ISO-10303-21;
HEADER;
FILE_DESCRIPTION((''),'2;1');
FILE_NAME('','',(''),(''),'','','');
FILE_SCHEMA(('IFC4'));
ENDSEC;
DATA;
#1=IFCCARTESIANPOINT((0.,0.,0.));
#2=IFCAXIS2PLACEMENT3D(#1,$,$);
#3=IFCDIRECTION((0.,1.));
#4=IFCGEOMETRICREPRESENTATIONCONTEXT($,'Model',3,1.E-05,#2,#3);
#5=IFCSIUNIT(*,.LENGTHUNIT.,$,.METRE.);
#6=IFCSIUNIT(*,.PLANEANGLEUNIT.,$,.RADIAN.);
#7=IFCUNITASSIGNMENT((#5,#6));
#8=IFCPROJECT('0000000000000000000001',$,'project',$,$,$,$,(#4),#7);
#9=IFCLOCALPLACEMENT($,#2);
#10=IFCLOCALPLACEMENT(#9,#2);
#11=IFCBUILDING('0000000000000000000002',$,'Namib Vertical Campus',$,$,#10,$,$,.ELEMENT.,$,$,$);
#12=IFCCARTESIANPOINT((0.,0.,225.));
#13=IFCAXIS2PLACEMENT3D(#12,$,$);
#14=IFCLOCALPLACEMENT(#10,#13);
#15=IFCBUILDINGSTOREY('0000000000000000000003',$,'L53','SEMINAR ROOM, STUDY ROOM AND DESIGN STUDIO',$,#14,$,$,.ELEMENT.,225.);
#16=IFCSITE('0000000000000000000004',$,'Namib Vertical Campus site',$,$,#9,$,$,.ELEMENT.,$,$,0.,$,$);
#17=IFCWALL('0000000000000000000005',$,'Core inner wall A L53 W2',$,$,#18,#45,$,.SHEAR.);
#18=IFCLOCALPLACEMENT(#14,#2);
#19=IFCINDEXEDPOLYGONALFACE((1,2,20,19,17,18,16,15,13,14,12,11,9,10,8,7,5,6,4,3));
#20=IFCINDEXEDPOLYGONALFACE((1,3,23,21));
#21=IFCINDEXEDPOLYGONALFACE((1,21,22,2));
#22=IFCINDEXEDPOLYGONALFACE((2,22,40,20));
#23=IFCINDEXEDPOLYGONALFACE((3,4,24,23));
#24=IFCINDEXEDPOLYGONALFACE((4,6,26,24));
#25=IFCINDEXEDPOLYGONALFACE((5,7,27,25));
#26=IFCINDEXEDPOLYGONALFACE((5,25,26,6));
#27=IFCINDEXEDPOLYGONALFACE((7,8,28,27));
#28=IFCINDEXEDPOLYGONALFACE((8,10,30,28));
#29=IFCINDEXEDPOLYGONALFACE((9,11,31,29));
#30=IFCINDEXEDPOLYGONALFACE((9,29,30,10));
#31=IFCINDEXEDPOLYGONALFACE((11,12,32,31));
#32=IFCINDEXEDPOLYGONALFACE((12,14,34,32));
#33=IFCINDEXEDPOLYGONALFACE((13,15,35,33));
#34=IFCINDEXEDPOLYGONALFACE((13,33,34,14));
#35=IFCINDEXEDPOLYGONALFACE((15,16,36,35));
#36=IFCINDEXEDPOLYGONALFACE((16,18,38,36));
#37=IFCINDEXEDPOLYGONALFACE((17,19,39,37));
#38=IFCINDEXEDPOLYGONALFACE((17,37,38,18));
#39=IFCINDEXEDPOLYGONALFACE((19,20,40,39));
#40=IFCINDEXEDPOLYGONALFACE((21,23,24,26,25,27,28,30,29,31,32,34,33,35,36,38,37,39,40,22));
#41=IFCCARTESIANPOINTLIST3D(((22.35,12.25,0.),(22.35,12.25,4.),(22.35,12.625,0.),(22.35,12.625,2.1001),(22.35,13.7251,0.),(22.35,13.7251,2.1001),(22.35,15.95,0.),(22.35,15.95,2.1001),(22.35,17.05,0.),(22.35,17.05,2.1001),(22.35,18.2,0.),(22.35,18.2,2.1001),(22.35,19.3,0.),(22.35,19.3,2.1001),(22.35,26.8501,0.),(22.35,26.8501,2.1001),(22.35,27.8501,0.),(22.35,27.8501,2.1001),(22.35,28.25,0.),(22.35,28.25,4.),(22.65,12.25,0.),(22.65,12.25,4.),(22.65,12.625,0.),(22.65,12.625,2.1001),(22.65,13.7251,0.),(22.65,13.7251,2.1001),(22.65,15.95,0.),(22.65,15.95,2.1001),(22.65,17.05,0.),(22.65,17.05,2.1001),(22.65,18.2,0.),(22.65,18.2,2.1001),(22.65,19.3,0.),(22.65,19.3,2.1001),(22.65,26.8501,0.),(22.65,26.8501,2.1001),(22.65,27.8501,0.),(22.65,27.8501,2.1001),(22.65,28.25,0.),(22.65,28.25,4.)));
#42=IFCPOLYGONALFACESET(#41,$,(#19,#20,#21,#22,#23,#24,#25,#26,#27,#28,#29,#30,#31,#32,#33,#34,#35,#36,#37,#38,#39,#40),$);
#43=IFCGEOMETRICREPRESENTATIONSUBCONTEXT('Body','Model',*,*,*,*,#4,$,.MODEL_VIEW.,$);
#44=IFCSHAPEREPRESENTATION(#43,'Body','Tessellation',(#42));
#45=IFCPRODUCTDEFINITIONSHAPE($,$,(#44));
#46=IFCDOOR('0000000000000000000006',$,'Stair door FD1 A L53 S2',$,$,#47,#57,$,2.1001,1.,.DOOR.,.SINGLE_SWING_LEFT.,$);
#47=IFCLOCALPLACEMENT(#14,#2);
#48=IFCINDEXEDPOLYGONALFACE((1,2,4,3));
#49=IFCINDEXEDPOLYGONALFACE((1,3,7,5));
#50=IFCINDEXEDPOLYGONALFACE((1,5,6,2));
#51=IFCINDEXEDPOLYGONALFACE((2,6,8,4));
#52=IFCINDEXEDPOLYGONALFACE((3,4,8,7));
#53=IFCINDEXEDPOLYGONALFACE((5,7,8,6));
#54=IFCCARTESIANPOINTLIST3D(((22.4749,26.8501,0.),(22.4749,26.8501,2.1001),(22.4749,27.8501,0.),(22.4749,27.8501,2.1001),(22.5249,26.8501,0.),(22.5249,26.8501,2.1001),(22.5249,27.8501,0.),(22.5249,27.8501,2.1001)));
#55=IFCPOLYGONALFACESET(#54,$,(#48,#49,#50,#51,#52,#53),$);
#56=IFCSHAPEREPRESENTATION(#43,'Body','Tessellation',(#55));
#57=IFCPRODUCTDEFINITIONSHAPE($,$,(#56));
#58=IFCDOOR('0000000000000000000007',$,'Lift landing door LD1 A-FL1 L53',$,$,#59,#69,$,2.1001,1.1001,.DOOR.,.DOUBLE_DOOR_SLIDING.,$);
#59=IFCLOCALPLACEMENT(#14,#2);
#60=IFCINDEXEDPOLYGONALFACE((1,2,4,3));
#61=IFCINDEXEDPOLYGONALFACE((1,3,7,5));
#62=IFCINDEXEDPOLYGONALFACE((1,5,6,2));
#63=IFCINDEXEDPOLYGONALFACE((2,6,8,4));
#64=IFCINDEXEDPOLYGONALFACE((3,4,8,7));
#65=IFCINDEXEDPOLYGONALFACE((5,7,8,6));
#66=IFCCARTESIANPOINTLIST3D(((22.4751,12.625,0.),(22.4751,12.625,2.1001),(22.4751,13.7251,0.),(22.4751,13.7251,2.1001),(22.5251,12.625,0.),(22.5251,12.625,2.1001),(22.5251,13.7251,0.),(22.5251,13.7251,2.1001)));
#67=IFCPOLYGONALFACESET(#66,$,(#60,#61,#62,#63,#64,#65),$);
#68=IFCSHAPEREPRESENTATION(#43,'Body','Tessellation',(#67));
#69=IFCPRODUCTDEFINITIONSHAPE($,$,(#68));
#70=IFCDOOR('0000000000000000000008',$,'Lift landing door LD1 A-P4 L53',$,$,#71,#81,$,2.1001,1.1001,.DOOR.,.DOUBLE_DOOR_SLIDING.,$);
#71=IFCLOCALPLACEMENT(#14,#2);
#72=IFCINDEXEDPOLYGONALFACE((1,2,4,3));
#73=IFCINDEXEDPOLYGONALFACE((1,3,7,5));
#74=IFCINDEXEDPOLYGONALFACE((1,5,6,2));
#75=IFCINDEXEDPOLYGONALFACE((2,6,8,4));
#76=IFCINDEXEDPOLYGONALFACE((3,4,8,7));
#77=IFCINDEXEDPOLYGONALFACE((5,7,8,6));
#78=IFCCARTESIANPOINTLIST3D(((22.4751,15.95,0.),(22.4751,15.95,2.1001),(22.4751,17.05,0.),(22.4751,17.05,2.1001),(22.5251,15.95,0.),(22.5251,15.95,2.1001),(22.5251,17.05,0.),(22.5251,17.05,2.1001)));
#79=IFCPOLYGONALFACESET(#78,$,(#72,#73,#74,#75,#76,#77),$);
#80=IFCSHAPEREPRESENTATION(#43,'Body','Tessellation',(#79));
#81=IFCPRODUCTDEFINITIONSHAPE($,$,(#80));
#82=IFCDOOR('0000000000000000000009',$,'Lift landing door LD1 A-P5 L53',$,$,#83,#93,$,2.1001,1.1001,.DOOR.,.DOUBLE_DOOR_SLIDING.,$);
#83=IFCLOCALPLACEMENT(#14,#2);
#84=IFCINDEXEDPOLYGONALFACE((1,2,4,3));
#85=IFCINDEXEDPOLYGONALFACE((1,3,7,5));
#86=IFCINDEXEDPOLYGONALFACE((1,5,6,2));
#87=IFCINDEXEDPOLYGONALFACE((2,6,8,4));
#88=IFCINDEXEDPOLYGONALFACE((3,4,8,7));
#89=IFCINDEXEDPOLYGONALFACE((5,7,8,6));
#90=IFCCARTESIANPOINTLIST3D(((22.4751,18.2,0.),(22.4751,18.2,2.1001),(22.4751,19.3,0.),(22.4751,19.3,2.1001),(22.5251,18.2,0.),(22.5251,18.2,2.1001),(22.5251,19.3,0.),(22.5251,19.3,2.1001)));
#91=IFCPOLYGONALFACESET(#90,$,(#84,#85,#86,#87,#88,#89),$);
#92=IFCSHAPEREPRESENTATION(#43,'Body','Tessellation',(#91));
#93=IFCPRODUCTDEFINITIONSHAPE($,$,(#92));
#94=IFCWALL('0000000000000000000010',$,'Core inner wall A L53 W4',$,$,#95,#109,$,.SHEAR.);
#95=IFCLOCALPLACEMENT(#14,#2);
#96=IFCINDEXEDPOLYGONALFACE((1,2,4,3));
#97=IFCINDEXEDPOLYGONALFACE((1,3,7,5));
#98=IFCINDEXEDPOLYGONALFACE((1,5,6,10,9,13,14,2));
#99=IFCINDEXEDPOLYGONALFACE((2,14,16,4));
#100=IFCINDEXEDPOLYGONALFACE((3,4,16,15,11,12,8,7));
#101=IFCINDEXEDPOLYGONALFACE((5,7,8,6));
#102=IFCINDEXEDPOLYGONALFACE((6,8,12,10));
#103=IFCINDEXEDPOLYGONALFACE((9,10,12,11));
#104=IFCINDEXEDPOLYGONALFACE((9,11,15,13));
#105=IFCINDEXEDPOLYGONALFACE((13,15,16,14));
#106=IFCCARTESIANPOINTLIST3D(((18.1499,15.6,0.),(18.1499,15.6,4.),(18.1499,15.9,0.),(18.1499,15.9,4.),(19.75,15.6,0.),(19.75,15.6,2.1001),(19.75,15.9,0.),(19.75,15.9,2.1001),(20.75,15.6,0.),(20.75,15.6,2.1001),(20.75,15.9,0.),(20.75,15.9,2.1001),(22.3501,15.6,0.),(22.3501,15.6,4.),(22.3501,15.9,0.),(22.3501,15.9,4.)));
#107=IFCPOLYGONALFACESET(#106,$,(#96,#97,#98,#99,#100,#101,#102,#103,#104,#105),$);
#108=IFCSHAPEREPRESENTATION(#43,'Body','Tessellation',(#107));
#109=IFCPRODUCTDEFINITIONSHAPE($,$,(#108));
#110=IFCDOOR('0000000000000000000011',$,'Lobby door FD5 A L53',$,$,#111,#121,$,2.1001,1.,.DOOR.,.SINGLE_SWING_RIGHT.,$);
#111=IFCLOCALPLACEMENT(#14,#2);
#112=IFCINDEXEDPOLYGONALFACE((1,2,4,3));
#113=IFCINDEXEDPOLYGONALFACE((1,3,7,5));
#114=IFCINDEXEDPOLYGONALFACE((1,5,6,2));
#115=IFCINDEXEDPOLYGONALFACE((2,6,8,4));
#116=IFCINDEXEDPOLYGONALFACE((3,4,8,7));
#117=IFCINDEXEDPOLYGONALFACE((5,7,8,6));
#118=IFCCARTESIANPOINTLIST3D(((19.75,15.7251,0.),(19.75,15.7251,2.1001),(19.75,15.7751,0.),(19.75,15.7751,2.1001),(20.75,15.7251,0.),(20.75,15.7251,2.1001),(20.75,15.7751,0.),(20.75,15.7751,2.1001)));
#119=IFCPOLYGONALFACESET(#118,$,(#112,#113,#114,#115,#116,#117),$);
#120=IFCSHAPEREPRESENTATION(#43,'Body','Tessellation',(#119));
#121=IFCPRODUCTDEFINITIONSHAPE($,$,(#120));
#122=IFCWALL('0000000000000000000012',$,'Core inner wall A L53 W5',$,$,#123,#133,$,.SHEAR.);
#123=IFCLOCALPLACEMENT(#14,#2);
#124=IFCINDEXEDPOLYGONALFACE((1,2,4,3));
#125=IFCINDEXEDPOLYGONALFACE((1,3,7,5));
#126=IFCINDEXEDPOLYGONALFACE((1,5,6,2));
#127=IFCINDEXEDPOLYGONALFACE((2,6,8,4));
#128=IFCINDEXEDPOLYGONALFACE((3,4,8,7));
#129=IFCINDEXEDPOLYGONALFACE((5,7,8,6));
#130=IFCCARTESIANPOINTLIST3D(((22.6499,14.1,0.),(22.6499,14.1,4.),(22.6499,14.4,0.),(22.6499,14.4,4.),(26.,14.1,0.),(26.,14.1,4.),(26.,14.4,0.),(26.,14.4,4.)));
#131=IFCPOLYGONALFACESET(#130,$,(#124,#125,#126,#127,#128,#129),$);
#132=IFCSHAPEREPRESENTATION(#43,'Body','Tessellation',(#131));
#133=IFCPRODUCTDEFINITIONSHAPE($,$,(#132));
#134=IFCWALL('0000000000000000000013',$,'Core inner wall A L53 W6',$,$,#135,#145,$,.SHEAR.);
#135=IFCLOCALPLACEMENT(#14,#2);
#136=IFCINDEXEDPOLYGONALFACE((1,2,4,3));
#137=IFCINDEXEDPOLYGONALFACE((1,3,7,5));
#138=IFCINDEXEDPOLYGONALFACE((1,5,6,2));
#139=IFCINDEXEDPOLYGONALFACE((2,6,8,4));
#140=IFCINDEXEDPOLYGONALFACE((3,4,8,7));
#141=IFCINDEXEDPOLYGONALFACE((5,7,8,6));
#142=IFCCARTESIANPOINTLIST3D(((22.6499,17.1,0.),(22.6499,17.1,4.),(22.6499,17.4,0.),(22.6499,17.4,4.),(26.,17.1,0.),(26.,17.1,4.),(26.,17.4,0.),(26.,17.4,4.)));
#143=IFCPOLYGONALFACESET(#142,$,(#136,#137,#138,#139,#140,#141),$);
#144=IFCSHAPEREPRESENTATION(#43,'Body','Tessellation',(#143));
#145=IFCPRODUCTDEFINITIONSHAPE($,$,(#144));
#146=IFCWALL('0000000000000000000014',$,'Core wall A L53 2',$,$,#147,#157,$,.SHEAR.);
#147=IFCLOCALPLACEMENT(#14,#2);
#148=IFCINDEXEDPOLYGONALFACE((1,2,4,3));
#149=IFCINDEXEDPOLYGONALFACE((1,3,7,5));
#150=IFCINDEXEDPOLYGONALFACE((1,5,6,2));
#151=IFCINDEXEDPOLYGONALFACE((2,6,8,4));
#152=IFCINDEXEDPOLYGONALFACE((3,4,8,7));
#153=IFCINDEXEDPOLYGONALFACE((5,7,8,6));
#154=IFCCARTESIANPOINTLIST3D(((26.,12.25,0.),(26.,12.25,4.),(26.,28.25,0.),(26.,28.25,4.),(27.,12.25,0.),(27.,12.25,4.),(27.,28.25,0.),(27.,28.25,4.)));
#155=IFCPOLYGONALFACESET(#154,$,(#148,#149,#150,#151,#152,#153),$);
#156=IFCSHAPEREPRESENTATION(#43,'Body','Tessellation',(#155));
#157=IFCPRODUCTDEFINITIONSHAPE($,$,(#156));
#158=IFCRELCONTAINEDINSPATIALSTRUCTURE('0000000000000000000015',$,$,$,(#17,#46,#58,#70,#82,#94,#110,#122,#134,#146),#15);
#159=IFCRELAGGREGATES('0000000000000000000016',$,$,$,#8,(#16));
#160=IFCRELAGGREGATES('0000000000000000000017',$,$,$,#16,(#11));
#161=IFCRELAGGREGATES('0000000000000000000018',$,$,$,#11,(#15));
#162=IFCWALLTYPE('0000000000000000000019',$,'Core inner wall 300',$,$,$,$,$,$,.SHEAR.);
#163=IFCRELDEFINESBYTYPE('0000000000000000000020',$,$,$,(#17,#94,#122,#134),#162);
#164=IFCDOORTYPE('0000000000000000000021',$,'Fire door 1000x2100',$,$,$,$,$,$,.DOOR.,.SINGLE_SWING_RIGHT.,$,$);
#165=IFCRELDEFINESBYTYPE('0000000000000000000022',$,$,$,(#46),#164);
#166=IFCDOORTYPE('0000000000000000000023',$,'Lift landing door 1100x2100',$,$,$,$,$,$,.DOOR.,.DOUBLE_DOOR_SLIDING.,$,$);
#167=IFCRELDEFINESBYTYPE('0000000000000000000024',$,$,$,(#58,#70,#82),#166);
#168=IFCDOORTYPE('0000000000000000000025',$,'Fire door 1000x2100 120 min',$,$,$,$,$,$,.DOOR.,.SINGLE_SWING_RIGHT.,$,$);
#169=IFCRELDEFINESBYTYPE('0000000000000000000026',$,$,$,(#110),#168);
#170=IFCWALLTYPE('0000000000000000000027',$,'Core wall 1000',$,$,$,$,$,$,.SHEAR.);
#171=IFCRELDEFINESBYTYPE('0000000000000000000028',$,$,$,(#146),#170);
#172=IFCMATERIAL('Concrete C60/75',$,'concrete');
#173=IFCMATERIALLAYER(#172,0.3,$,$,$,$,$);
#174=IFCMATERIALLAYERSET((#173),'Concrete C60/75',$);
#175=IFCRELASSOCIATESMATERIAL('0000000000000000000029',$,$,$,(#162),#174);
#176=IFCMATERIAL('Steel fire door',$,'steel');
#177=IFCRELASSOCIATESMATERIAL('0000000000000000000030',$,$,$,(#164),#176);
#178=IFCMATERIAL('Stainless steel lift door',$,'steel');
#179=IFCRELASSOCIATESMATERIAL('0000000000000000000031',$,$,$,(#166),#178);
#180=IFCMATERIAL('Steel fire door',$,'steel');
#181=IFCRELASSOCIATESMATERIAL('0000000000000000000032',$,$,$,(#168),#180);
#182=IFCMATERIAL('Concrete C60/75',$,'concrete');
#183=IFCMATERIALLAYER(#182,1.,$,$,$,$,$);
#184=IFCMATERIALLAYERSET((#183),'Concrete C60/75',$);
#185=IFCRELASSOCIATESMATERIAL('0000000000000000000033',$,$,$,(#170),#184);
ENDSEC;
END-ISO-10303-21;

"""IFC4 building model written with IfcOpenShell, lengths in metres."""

from ifc_helpers import new_model, si_unit, direction, frame, frame_2d, origin, place, context, subcontext, project, spatial, rectangle, extrude, material, layer, layer_set, type_object, element, fill, save


model = new_model("IFC4")

# Units and contexts
model_context = context("Model", 3, precision=1e-05, world=origin(), true_north=direction((0.0, 1.0)))
body_context = subcontext(model_context, "Body", "Model", "MODEL_VIEW")
ifc_project = project(units=[si_unit("LENGTHUNIT", "METRE"), si_unit("PLANEANGLEUNIT", "RADIAN")], contexts=[model_context])

# Site, building, storey
site_placement = place(None, origin())
site = spatial("IfcSite", under=ifc_project, at=site_placement, Name="Namib Vertical Campus site", CompositionType="ELEMENT", RefElevation=0.0)
building_placement = place(site_placement, origin())
building = spatial("IfcBuilding", under=site, at=building_placement, Name="Namib Vertical Campus", CompositionType="ELEMENT")
storey_placement = place(building_placement, frame((0.0, 0.0, 225.0)))
storey = spatial("IfcBuildingStorey", under=building, at=storey_placement, Name="L53", Description="SEMINAR ROOM, STUDY ROOM AND DESIGN STUDIO", CompositionType="ELEMENT", Elevation=225.0)

# Wall, openings, doors
ifc_material_1 = material(Name="Concrete C60/75", Category="concrete")
ifc_layer_1 = layer(ifc_material_1, 0.3)
ifc_layer_set_1 = layer_set([ifc_layer_1], Name="Concrete C60/75")
wall_type_1 = type_object("IfcWallType", Name="Core inner wall 300", PredefinedType="SHEAR", material=ifc_layer_set_1)
wall_1_placement = place(storey_placement, frame((22.5, 12.25, 0.0), z_axis=(0.0, 0.0, 1.0), x_axis=(0.0, 1.0, 0.0)))
wall_1 = element("IfcWall", 1, at=wall_1_placement, inside=storey, type_object=wall_type_1, Name="Core inner wall A L53 W2", PredefinedType="SHEAR", context=body_context, shape_type="SweptSolid", body=[
    extrude(rectangle(XDim=16.0, YDim=0.3, at=frame_2d((8.0, 0.0))), origin(), (0.0, 0.0, 1.0), 4.0),
])
opening_1_placement = place(wall_1_placement, frame((14.6001, 0.0, 0.0)))
opening_1 = element("IfcOpeningElement", 2, at=opening_1_placement, cuts=wall_1, PredefinedType="OPENING", context=body_context, shape_type="SweptSolid", body=[
    extrude(rectangle(XDim=1.0, YDim=2.1001, at=frame_2d((0.5, 1.05))), frame((0.0, 0.1599, 0.0), z_axis=(0.0, -1.0, 0.0), x_axis=(1.0, 0.0, 0.0)), (0.0, 0.0, 1.0), 0.3201),
])
opening_2_placement = place(wall_1_placement, frame((0.375, 0.0, 0.0)))
opening_2 = element("IfcOpeningElement", 3, at=opening_2_placement, cuts=wall_1, PredefinedType="OPENING", context=body_context, shape_type="SweptSolid", body=[
    extrude(rectangle(XDim=1.1001, YDim=2.1001, at=frame_2d((0.55, 1.05))), frame((0.0, 0.1599, 0.0), z_axis=(0.0, -1.0, 0.0), x_axis=(1.0, 0.0, 0.0)), (0.0, 0.0, 1.0), 0.3201),
])
opening_3_placement = place(wall_1_placement, frame((3.7, 0.0, 0.0)))
opening_3 = element("IfcOpeningElement", 4, at=opening_3_placement, cuts=wall_1, PredefinedType="OPENING", context=body_context, shape_type="SweptSolid", body=[
    extrude(rectangle(XDim=1.1001, YDim=2.1001, at=frame_2d((0.55, 1.05))), frame((0.0, 0.1599, 0.0), z_axis=(0.0, -1.0, 0.0), x_axis=(1.0, 0.0, 0.0)), (0.0, 0.0, 1.0), 0.3201),
])
opening_4_placement = place(wall_1_placement, frame((5.95, 0.0, 0.0)))
opening_4 = element("IfcOpeningElement", 5, at=opening_4_placement, cuts=wall_1, PredefinedType="OPENING", context=body_context, shape_type="SweptSolid", body=[
    extrude(rectangle(XDim=1.1001, YDim=2.1001, at=frame_2d((0.55, 1.05))), frame((0.0, 0.1599, 0.0), z_axis=(0.0, -1.0, 0.0), x_axis=(1.0, 0.0, 0.0)), (0.0, 0.0, 1.0), 0.3201),
])
ifc_material_2 = material(Name="Steel fire door", Category="steel")
door_type_1 = type_object("IfcDoorType", Name="Fire door 1000x2100", OperationType="SINGLE_SWING_RIGHT", PredefinedType="DOOR", material=ifc_material_2)
door_1_placement = place(opening_1_placement, frame((1.0, 0.0, 0.0), z_axis=(0.0, 0.0, 1.0), x_axis=(-1.0, 0.0, 0.0)))
door_1 = element("IfcDoor", 6, at=door_1_placement, inside=storey, type_object=door_type_1, Name="Stair door FD1 A L53 S2", OperationType="SINGLE_SWING_LEFT", OverallHeight=2.1001, OverallWidth=1.0, PredefinedType="DOOR", context=body_context, shape_type="SweptSolid", body=[
    extrude(rectangle(XDim=1.0, YDim=2.1001, at=frame_2d((0.5, 1.05))), frame((0.0, 0.0249, 0.0), z_axis=(0.0, -1.0, 0.0), x_axis=(1.0, 0.0, 0.0)), (0.0, 0.0, 1.0), 0.05),
])
fill(opening_1, door_1)
ifc_material_3 = material(Name="Stainless steel lift door", Category="steel")
door_type_2 = type_object("IfcDoorType", Name="Lift landing door 1100x2100", OperationType="DOUBLE_DOOR_SLIDING", PredefinedType="DOOR", material=ifc_material_3)
door_2_placement = place(opening_2_placement, origin())
door_2 = element("IfcDoor", 7, at=door_2_placement, inside=storey, type_object=door_type_2, Name="Lift landing door LD1 A-FL1 L53", OperationType="DOUBLE_DOOR_SLIDING", OverallHeight=2.1001, OverallWidth=1.1001, PredefinedType="DOOR", context=body_context, shape_type="SweptSolid", body=[
    extrude(rectangle(XDim=1.1001, YDim=2.1001, at=frame_2d((0.55, 1.05))), frame((0.0, 0.0249, 0.0), z_axis=(0.0, -1.0, 0.0), x_axis=(1.0, 0.0, 0.0)), (0.0, 0.0, 1.0), 0.05),
])
fill(opening_2, door_2)
door_3_placement = place(opening_3_placement, origin())
door_3 = element("IfcDoor", 8, at=door_3_placement, inside=storey, type_object=door_type_2, Name="Lift landing door LD1 A-P4 L53", OperationType="DOUBLE_DOOR_SLIDING", OverallHeight=2.1001, OverallWidth=1.1001, PredefinedType="DOOR", context=body_context, shape_type="SweptSolid", body=[
    extrude(rectangle(XDim=1.1001, YDim=2.1001, at=frame_2d((0.55, 1.05))), frame((0.0, 0.0249, 0.0), z_axis=(0.0, -1.0, 0.0), x_axis=(1.0, 0.0, 0.0)), (0.0, 0.0, 1.0), 0.05),
])
fill(opening_3, door_3)
door_4_placement = place(opening_4_placement, origin())
door_4 = element("IfcDoor", 9, at=door_4_placement, inside=storey, type_object=door_type_2, Name="Lift landing door LD1 A-P5 L53", OperationType="DOUBLE_DOOR_SLIDING", OverallHeight=2.1001, OverallWidth=1.1001, PredefinedType="DOOR", context=body_context, shape_type="SweptSolid", body=[
    extrude(rectangle(XDim=1.1001, YDim=2.1001, at=frame_2d((0.55, 1.05))), frame((0.0, 0.0249, 0.0), z_axis=(0.0, -1.0, 0.0), x_axis=(1.0, 0.0, 0.0)), (0.0, 0.0, 1.0), 0.05),
])
fill(opening_4, door_4)

# Wall, opening, door
wall_2_placement = place(storey_placement, frame((18.1499, 15.75, 0.0), z_axis=(0.0, 0.0, 1.0), x_axis=(1.0, 0.0, 0.0)))
wall_2 = element("IfcWall", 10, at=wall_2_placement, inside=storey, type_object=wall_type_1, Name="Core inner wall A L53 W4", PredefinedType="SHEAR", context=body_context, shape_type="SweptSolid", body=[
    extrude(rectangle(XDim=4.2002, YDim=0.3, at=frame_2d((2.1001, 0.0))), origin(), (0.0, 0.0, 1.0), 4.0),
])
opening_5_placement = place(wall_2_placement, frame((1.6001, 0.0, 0.0)))
opening_5 = element("IfcOpeningElement", 11, at=opening_5_placement, cuts=wall_2, PredefinedType="OPENING", context=body_context, shape_type="SweptSolid", body=[
    extrude(rectangle(XDim=1.0, YDim=2.1001, at=frame_2d((0.5, 1.05))), frame((0.0, 0.1599, 0.0), z_axis=(0.0, -1.0, 0.0), x_axis=(1.0, 0.0, 0.0)), (0.0, 0.0, 1.0), 0.3201),
])
ifc_material_4 = material(Name="Steel fire door", Category="steel")
door_type_3 = type_object("IfcDoorType", Name="Fire door 1000x2100 120 min", OperationType="SINGLE_SWING_RIGHT", PredefinedType="DOOR", material=ifc_material_4)
door_5_placement = place(opening_5_placement, frame((1.0, 0.0, 0.0), z_axis=(0.0, 0.0, 1.0), x_axis=(-1.0, 0.0, 0.0)))
door_5 = element("IfcDoor", 12, at=door_5_placement, inside=storey, type_object=door_type_3, Name="Lobby door FD5 A L53", OperationType="SINGLE_SWING_RIGHT", OverallHeight=2.1001, OverallWidth=1.0, PredefinedType="DOOR", context=body_context, shape_type="SweptSolid", body=[
    extrude(rectangle(XDim=1.0, YDim=2.1001, at=frame_2d((0.5, 1.05))), frame((0.0, 0.0249, 0.0), z_axis=(0.0, -1.0, 0.0), x_axis=(1.0, 0.0, 0.0)), (0.0, 0.0, 1.0), 0.05),
])
fill(opening_5, door_5)

# Walls
for number, where, z_axis, x_axis, name in (
    (13, (22.6499, 14.25, 0.0), (0.0, 0.0, 1.0), (1.0, 0.0, 0.0), "Core inner wall A L53 W5"),
    (14, (22.6499, 17.25, 0.0), (0.0, 0.0, 1.0), (1.0, 0.0, 0.0), "Core inner wall A L53 W6"),
):
    element("IfcWall", number, at=place(storey_placement, frame(where, z_axis=z_axis, x_axis=x_axis)), inside=storey, type_object=wall_type_1, Name=name, PredefinedType="SHEAR", context=body_context, shape_type="SweptSolid", body=[
        extrude(rectangle(XDim=3.3501, YDim=0.3, at=frame_2d((1.675, 0.0))), origin(), (0.0, 0.0, 1.0), 4.0),
    ])
ifc_material_5 = material(Name="Concrete C60/75", Category="concrete")
ifc_layer_2 = layer(ifc_material_5, 1.0)
ifc_layer_set_2 = layer_set([ifc_layer_2], Name="Concrete C60/75")
wall_type_2 = type_object("IfcWallType", Name="Core wall 1000", PredefinedType="SHEAR", material=ifc_layer_set_2)
wall_3_placement = place(storey_placement, frame((26.5, 12.25, 0.0), z_axis=(0.0, 0.0, 1.0), x_axis=(0.0, 1.0, 0.0)))
element("IfcWall", 15, at=wall_3_placement, inside=storey, type_object=wall_type_2, Name="Core wall A L53 2", PredefinedType="SHEAR", context=body_context, shape_type="SweptSolid", body=[
    extrude(rectangle(XDim=16.0, YDim=1.0, at=frame_2d((8.0, 0.0))), origin(), (0.0, 0.0, 1.0), 4.0),
])

save(model, "model.ifc")
